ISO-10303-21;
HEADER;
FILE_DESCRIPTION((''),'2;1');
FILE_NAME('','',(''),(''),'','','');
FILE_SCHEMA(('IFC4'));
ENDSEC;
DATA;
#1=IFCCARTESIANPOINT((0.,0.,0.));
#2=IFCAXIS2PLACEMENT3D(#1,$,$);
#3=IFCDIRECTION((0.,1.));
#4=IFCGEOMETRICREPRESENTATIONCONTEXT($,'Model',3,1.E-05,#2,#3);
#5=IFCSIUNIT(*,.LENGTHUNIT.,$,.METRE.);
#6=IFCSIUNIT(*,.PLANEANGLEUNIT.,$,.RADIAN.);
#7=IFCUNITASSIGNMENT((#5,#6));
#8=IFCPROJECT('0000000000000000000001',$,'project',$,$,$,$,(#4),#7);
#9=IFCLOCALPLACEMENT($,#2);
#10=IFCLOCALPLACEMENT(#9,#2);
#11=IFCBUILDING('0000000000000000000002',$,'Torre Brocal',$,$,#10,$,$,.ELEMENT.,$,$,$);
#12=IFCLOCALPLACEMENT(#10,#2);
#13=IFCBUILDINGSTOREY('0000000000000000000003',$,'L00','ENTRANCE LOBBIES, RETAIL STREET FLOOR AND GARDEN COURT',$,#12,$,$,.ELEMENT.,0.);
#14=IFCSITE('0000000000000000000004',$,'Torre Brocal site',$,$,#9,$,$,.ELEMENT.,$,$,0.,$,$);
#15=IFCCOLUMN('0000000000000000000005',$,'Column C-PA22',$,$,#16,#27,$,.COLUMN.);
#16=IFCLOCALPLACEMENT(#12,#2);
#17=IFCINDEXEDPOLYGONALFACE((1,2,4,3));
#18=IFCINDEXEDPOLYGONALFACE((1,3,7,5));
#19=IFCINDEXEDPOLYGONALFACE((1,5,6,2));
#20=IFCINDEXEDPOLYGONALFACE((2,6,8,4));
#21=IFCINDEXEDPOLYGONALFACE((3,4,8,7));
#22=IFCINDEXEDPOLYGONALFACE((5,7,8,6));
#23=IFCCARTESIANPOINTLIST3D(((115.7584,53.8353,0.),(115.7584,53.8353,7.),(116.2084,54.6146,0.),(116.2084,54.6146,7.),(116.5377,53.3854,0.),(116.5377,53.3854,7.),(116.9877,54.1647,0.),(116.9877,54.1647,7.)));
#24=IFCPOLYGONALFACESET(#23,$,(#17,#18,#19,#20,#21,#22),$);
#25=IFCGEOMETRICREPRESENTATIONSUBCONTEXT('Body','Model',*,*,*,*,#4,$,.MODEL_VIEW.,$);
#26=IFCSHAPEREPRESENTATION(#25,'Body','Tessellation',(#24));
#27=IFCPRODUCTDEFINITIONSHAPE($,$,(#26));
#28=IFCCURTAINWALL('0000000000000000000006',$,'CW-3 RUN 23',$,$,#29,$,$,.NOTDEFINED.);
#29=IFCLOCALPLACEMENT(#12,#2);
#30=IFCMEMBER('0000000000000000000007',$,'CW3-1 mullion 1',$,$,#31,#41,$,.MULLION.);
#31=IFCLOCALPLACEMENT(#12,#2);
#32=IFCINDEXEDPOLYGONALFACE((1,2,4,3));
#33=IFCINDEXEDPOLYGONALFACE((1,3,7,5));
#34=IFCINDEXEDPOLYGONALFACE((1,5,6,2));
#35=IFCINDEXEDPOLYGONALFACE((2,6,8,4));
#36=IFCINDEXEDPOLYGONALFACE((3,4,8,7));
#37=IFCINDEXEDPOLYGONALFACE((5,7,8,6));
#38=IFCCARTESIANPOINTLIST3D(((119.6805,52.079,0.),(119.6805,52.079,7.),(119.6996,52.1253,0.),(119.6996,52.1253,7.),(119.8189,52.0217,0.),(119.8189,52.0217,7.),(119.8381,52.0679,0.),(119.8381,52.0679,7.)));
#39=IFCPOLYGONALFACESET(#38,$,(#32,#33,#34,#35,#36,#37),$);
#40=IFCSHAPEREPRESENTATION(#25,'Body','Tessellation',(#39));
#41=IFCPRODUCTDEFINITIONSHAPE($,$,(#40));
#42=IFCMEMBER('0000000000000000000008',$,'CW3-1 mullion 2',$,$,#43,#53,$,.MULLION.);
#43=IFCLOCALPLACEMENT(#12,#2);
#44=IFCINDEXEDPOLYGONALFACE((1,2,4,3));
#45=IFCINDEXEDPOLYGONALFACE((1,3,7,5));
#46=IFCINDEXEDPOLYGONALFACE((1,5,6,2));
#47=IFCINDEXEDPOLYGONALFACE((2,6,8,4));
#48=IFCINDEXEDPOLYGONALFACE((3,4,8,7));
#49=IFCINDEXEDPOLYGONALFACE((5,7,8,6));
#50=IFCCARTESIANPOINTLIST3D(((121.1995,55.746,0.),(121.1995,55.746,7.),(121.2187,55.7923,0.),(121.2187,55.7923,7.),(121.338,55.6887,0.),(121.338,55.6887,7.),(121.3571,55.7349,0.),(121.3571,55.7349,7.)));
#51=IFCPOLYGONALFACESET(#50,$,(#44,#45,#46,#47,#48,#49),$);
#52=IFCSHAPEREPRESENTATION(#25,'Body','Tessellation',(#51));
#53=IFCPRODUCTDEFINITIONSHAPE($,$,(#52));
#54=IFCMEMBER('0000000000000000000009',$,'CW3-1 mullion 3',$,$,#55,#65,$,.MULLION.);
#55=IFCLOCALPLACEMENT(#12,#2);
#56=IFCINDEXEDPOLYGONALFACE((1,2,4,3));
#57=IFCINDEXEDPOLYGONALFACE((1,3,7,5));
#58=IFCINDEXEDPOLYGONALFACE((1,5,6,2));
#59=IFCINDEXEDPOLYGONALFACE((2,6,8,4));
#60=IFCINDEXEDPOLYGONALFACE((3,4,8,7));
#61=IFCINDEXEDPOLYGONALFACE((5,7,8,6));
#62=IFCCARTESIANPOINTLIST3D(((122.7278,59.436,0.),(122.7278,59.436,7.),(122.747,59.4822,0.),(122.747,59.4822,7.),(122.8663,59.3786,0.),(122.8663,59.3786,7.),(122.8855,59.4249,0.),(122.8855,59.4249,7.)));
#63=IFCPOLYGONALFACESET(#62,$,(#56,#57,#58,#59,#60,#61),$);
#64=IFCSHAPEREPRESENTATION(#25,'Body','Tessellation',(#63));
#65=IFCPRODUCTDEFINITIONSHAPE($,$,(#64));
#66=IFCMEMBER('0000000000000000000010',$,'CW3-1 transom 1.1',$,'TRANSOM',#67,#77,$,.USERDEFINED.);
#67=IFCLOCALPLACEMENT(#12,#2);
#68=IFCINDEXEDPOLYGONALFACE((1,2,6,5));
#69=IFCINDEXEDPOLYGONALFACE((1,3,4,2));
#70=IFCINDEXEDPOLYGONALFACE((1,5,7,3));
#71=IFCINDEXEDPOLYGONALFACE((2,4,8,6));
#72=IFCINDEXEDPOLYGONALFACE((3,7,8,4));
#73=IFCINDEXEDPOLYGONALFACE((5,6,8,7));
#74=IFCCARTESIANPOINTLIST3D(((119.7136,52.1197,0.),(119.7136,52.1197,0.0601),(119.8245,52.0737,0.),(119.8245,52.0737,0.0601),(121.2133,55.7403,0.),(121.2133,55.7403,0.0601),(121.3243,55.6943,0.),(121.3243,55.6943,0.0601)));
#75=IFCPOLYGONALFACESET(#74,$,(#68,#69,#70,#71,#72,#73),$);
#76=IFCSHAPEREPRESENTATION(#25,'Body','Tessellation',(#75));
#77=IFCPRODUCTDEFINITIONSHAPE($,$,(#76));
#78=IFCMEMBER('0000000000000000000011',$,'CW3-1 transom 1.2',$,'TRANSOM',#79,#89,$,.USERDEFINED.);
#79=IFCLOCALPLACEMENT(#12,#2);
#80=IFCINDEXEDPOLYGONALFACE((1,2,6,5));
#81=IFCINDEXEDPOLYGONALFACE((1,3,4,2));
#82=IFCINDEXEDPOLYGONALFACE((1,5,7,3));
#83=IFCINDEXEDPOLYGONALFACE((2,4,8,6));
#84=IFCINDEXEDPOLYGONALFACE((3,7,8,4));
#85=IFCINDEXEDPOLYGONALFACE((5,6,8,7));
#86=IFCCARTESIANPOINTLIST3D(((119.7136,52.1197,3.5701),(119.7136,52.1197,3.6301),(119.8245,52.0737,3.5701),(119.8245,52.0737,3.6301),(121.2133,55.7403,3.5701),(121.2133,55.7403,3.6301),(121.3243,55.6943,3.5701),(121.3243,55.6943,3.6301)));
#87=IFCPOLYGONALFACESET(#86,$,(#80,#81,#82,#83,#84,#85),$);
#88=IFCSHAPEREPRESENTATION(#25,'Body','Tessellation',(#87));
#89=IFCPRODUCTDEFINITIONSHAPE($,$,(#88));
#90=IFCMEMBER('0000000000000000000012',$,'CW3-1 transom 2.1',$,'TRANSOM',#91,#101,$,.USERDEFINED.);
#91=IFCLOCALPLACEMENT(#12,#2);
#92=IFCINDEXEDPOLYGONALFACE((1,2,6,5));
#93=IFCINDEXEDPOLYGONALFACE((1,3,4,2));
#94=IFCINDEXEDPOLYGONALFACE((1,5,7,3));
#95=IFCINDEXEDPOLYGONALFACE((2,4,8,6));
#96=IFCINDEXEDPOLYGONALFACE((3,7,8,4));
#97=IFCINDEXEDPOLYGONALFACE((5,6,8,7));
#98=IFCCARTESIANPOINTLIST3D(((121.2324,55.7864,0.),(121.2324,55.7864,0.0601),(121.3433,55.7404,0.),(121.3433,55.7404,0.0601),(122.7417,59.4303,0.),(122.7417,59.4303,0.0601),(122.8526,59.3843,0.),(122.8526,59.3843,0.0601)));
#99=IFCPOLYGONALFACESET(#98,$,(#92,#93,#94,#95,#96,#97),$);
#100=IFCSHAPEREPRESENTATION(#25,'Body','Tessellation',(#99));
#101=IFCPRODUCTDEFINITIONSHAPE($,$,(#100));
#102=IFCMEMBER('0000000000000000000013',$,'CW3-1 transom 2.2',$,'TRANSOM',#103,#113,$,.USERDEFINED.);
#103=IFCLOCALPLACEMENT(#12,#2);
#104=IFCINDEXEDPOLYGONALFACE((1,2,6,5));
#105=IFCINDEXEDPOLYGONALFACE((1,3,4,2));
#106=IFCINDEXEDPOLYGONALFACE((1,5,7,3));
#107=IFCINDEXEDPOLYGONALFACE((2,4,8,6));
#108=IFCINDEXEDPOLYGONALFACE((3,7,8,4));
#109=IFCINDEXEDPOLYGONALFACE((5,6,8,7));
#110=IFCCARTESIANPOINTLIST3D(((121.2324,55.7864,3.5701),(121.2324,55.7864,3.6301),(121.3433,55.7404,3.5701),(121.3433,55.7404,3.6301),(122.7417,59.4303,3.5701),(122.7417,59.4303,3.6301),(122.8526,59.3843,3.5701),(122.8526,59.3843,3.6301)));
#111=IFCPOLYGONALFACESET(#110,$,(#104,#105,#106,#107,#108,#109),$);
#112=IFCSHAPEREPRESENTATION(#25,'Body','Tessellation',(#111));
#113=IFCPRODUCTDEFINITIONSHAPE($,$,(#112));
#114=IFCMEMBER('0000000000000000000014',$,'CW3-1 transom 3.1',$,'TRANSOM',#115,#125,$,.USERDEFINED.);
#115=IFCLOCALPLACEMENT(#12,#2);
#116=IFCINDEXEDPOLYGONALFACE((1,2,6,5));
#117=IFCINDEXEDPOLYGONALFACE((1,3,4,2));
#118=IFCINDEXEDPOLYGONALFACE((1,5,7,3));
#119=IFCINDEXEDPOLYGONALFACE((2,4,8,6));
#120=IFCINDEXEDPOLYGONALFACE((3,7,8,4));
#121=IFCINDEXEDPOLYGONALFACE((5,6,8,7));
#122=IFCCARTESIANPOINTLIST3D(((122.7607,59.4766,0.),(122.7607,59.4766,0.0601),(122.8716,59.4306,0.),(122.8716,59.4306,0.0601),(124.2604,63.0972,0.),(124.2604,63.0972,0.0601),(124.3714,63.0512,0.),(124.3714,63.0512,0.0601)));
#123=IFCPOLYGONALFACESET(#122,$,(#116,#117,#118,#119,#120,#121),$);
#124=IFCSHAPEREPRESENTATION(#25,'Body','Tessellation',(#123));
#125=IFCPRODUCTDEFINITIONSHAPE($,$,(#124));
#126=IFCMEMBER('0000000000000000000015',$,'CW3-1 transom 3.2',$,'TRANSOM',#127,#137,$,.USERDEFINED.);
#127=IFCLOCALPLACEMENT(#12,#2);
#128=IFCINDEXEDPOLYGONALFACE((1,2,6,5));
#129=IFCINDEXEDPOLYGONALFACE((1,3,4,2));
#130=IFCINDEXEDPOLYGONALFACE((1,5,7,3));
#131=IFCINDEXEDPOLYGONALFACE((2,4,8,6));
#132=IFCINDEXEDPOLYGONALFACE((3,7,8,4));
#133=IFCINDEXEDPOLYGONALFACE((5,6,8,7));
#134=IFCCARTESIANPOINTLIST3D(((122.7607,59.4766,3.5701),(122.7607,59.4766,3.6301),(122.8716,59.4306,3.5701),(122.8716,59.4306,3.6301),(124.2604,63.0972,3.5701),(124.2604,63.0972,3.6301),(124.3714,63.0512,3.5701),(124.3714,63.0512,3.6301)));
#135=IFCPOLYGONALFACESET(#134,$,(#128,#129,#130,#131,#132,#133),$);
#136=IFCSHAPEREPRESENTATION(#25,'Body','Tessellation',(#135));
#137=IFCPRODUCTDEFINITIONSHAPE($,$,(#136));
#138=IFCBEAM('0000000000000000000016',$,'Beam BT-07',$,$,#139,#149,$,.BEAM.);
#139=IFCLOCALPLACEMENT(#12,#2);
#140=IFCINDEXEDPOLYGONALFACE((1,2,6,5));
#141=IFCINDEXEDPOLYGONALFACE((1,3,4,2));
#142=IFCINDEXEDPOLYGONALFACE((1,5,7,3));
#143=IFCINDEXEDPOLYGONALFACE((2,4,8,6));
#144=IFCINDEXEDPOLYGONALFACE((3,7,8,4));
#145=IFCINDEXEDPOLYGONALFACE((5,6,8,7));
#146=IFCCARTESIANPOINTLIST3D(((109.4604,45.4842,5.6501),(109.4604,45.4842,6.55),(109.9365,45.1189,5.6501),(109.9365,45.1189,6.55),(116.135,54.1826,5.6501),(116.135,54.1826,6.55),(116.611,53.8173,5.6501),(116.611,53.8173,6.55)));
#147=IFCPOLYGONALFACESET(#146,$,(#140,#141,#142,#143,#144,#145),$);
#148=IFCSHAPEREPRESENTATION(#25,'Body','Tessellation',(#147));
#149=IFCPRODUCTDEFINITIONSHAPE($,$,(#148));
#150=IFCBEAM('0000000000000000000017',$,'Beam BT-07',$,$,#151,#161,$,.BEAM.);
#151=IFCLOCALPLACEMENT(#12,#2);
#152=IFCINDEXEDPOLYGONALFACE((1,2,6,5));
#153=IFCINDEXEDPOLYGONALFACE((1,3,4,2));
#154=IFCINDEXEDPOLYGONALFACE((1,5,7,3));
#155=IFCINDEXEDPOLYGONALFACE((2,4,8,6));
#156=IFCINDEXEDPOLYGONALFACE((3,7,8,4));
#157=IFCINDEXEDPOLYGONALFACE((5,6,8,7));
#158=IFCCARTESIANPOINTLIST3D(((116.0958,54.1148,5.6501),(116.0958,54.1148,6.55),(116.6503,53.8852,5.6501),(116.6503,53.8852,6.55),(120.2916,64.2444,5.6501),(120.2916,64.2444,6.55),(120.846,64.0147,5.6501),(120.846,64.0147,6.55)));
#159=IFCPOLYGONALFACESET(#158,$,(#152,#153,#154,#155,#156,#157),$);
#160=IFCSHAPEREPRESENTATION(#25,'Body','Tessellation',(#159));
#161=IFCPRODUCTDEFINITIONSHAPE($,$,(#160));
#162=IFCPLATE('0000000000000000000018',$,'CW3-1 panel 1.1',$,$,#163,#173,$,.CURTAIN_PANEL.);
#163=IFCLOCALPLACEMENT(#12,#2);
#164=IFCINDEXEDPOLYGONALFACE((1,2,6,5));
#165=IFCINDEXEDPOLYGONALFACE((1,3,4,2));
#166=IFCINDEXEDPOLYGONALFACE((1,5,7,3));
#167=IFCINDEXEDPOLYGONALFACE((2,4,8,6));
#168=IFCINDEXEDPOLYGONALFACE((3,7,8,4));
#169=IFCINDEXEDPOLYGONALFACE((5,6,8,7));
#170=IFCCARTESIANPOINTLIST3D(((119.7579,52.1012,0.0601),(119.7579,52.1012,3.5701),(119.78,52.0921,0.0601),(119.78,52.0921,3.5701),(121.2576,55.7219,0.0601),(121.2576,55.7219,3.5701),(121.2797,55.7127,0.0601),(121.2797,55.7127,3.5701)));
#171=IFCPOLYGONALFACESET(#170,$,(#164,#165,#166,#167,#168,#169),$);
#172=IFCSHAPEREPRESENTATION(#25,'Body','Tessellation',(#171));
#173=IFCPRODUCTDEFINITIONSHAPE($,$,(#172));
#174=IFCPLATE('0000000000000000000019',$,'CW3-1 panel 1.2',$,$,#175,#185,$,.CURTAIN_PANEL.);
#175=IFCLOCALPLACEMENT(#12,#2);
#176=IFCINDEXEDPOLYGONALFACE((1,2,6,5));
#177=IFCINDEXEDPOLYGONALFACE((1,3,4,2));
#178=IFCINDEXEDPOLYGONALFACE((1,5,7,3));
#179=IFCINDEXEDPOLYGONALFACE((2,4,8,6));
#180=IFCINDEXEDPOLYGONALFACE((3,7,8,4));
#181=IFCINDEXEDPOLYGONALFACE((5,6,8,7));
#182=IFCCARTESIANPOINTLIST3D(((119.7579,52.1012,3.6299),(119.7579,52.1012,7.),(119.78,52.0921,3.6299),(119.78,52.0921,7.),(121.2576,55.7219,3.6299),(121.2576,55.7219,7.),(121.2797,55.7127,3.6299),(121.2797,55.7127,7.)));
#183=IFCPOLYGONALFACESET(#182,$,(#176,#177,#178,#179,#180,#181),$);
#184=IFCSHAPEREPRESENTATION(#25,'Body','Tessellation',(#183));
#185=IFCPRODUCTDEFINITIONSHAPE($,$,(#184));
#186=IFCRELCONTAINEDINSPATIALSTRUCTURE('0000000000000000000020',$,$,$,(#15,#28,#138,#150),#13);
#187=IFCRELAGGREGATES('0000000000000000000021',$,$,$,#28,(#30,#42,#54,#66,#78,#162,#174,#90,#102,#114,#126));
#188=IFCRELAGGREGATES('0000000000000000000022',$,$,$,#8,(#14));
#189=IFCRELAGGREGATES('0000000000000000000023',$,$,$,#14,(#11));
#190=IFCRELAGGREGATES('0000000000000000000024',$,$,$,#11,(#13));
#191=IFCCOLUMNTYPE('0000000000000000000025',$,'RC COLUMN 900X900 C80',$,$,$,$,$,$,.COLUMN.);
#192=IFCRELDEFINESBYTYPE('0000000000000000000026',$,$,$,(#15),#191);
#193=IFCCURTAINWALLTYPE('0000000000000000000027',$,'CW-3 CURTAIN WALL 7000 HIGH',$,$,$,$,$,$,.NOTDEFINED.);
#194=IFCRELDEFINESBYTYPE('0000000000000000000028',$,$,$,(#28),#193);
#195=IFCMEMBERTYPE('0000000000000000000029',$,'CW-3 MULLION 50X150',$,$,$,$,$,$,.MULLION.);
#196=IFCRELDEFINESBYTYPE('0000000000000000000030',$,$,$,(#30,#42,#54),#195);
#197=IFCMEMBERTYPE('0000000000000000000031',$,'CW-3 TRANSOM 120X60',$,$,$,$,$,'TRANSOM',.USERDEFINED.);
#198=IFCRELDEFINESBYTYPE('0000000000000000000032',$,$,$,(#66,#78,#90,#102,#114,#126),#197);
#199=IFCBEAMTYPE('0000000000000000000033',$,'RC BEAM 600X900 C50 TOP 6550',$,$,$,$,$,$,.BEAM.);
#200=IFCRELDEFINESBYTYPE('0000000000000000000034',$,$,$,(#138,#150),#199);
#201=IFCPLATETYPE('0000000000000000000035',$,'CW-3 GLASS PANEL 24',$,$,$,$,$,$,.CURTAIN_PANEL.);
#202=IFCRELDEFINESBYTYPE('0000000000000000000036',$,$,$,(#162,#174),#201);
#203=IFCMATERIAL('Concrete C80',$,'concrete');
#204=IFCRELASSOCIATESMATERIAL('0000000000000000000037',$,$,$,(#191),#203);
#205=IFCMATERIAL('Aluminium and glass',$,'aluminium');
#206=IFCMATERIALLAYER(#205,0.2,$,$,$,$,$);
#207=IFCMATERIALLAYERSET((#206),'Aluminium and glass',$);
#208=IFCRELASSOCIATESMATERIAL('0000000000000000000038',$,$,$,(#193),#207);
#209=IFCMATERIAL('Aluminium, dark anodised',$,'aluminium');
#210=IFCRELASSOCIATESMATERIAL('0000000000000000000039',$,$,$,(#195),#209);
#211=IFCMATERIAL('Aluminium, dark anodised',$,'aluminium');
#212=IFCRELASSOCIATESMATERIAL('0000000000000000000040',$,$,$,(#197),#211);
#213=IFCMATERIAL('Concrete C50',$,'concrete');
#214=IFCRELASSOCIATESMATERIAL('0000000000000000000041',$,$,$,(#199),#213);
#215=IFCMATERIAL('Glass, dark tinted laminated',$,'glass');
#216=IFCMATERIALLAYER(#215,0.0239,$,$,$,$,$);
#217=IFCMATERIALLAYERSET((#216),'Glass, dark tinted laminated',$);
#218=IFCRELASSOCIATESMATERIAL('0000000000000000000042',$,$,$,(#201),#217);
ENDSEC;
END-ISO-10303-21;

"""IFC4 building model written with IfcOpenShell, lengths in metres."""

from ifc_helpers import new_model, si_unit, direction, frame, origin, origin_2d, place, context, subcontext, project, spatial, rectangle, extrude, material, layer, layer_set, material_profile, profile_set, type_object, element, aggregate, save


model = new_model("IFC4")

# Units and contexts
model_context = context("Model", 3, precision=1e-05, world=origin(), true_north=direction((0.0, 1.0)))
body_context = subcontext(model_context, "Body", "Model", "MODEL_VIEW")
ifc_project = project(units=[si_unit("LENGTHUNIT", "METRE"), si_unit("PLANEANGLEUNIT", "RADIAN")], contexts=[model_context])

# Site, building, storey
site_placement = place(None, origin())
site = spatial("IfcSite", under=ifc_project, at=site_placement, Name="Torre Brocal site", CompositionType="ELEMENT", RefElevation=0.0)
building_placement = place(site_placement, origin())
building = spatial("IfcBuilding", under=site, at=building_placement, Name="Torre Brocal", CompositionType="ELEMENT")
storey_placement = place(building_placement, origin())
storey = spatial("IfcBuildingStorey", under=building, at=storey_placement, Name="L00", Description="ENTRANCE LOBBIES, RETAIL STREET FLOOR AND GARDEN COURT", CompositionType="ELEMENT", Elevation=0.0)

# Column
ifc_material_1 = material(Name="Concrete C80", Category="concrete")
ifc_material_profile_1 = material_profile(ifc_material_1, rectangle(XDim=0.8999, YDim=0.8999, at=origin_2d()), Name="RC 900X900")
ifc_profile_set_1 = profile_set([ifc_material_profile_1], Name="Concrete C80")
column_type = type_object("IfcColumnType", Name="RC COLUMN 900X900 C80", PredefinedType="COLUMN", material=ifc_profile_set_1)
column_placement = place(storey_placement, frame((116.373, 54.0, 0.0), z_axis=(0.0, 0.0, 1.0), x_axis=(0.866025, -0.5, 0.0)))
element("IfcColumn", 1, at=column_placement, inside=storey, type_object=column_type, Name="Column C-PA22", PredefinedType="COLUMN", context=body_context, shape_type="SweptSolid", body=[
    extrude(rectangle(XDim=0.8999, YDim=0.8999, at=origin_2d()), origin(), (0.0, 0.0, 1.0), 7.0),
])

# Curtain wall, members
ifc_material_2 = material(Name="Aluminium and glass", Category="aluminium")
ifc_layer_1 = layer(ifc_material_2, 0.2)
ifc_layer_set_1 = layer_set([ifc_layer_1], Name="Aluminium and glass")
curtain_wall_type = type_object("IfcCurtainWallType", Name="CW-3 CURTAIN WALL 7000 HIGH", PredefinedType="NOTDEFINED", material=ifc_layer_set_1)
curtain_wall_placement = place(storey_placement, origin())
curtain_wall = element("IfcCurtainWall", 2, at=curtain_wall_placement, inside=storey, type_object=curtain_wall_type, Name="CW-3 RUN 23", PredefinedType="NOTDEFINED")
ifc_material_3 = material(Name="Aluminium, dark anodised", Category="aluminium")
ifc_material_profile_2 = material_profile(ifc_material_3, rectangle(XDim=0.1499, YDim=0.05, at=origin_2d()), Name="CW-3 MULLION 50X150")
ifc_profile_set_2 = profile_set([ifc_material_profile_2], Name="Aluminium, dark anodised")
member_type_1 = type_object("IfcMemberType", Name="CW-3 MULLION 50X150", PredefinedType="MULLION", material=ifc_profile_set_2)
member_1_placement = place(storey_placement, frame((119.7593, 52.0735, 0.0), z_axis=(0.0, 0.0, 1.0), x_axis=(-0.92388, 0.382683, 0.0)))
member_1 = element("IfcMember", 3, at=member_1_placement, type_object=member_type_1, Name="CW3-1 mullion 1", PredefinedType="MULLION", context=body_context, shape_type="SweptSolid", body=[
    extrude(rectangle(XDim=0.1499, YDim=0.05, at=origin_2d()), origin(), (0.0, 0.0, 1.0), 7.0),
])
member_2_placement = place(storey_placement, frame((121.2783, 55.7405, 0.0), z_axis=(0.0, 0.0, 1.0), x_axis=(-0.92388, 0.382683, 0.0)))
member_2 = element("IfcMember", 4, at=member_2_placement, type_object=member_type_1, Name="CW3-1 mullion 2", PredefinedType="MULLION", context=body_context, shape_type="SweptSolid", body=[
    extrude(rectangle(XDim=0.1499, YDim=0.05, at=origin_2d()), origin(), (0.0, 0.0, 1.0), 7.0),
])
member_3_placement = place(storey_placement, frame((122.8066, 59.4304, 0.0), z_axis=(0.0, 0.0, 1.0), x_axis=(-0.92388, 0.382683, 0.0)))
member_3 = element("IfcMember", 5, at=member_3_placement, type_object=member_type_1, Name="CW3-1 mullion 3", PredefinedType="MULLION", context=body_context, shape_type="SweptSolid", body=[
    extrude(rectangle(XDim=0.1499, YDim=0.05, at=origin_2d()), origin(), (0.0, 0.0, 1.0), 7.0),
])
ifc_material_4 = material(Name="Aluminium, dark anodised", Category="aluminium")
ifc_material_profile_3 = material_profile(ifc_material_4, rectangle(XDim=0.1201, YDim=0.0601, at=origin_2d()), Name="CW-3 TRANSOM 120X60")
ifc_profile_set_3 = profile_set([ifc_material_profile_3], Name="Aluminium, dark anodised")
member_type_2 = type_object("IfcMemberType", Name="CW-3 TRANSOM 120X60", ElementType="TRANSOM", PredefinedType="USERDEFINED", material=ifc_profile_set_3)
member_4_placement = place(storey_placement, frame((119.769, 52.0967, 0.03), z_axis=(0.382695, 0.923875, 0.0), x_axis=(-0.923875, 0.382695, 0.0)))
member_4 = element("IfcMember", 6, at=member_4_placement, type_object=member_type_2, Name="CW3-1 transom 1.1", ObjectType="TRANSOM", PredefinedType="USERDEFINED", context=body_context, shape_type="SweptSolid", body=[
    extrude(rectangle(XDim=0.1201, YDim=0.0601, at=origin_2d()), origin(), (0.0, 0.0, 1.0), 3.9189),
])
member_5_placement = place(storey_placement, frame((119.769, 52.0967, 3.6001), z_axis=(0.382695, 0.923875, 0.0), x_axis=(-0.923875, 0.382695, 0.0)))
member_5 = element("IfcMember", 7, at=member_5_placement, type_object=member_type_2, Name="CW3-1 transom 1.2", ObjectType="TRANSOM", PredefinedType="USERDEFINED", context=body_context, shape_type="SweptSolid", body=[
    extrude(rectangle(XDim=0.1201, YDim=0.0601, at=origin_2d()), origin(), (0.0, 0.0, 1.0), 3.9189),
])
member_6_placement = place(storey_placement, frame((121.2878, 55.7634, 0.03), z_axis=(0.382676, 0.923883, 0.0), x_axis=(-0.923883, 0.382676, 0.0)))
member_6 = element("IfcMember", 8, at=member_6_placement, type_object=member_type_2, Name="CW3-1 transom 2.1", ObjectType="TRANSOM", PredefinedType="USERDEFINED", context=body_context, shape_type="SweptSolid", body=[
    extrude(rectangle(XDim=0.1201, YDim=0.0601, at=origin_2d()), origin(), (0.0, 0.0, 1.0), 3.9441),
])
member_7_placement = place(storey_placement, frame((121.2878, 55.7634, 3.6001), z_axis=(0.382676, 0.923883, 0.0), x_axis=(-0.923883, 0.382676, 0.0)))
member_7 = element("IfcMember", 9, at=member_7_placement, type_object=member_type_2, Name="CW3-1 transom 2.2", ObjectType="TRANSOM", PredefinedType="USERDEFINED", context=body_context, shape_type="SweptSolid", body=[
    extrude(rectangle(XDim=0.1201, YDim=0.0601, at=origin_2d()), origin(), (0.0, 0.0, 1.0), 3.9441),
])
member_8_placement = place(storey_placement, frame((122.8162, 59.4536, 0.03), z_axis=(0.382695, 0.923875, 0.0), x_axis=(-0.923875, 0.382695, 0.0)))
member_8 = element("IfcMember", 10, at=member_8_placement, type_object=member_type_2, Name="CW3-1 transom 3.1", ObjectType="TRANSOM", PredefinedType="USERDEFINED", context=body_context, shape_type="SweptSolid", body=[
    extrude(rectangle(XDim=0.1201, YDim=0.0601, at=origin_2d()), origin(), (0.0, 0.0, 1.0), 3.9189),
])
member_9_placement = place(storey_placement, frame((122.8162, 59.4536, 3.6001), z_axis=(0.382695, 0.923875, 0.0), x_axis=(-0.923875, 0.382695, 0.0)))
member_9 = element("IfcMember", 11, at=member_9_placement, type_object=member_type_2, Name="CW3-1 transom 3.2", ObjectType="TRANSOM", PredefinedType="USERDEFINED", context=body_context, shape_type="SweptSolid", body=[
    extrude(rectangle(XDim=0.1201, YDim=0.0601, at=origin_2d()), origin(), (0.0, 0.0, 1.0), 3.9189),
])

# Beams
ifc_material_5 = material(Name="Concrete C50", Category="concrete")
ifc_material_profile_4 = material_profile(ifc_material_5, rectangle(XDim=0.6001, YDim=0.8999, at=origin_2d()), Name="RC 600X900")
ifc_profile_set_4 = profile_set([ifc_material_profile_4], Name="Concrete C50")
beam_type = type_object("IfcBeamType", Name="RC BEAM 600X900 C50 TOP 6550", PredefinedType="BEAM", material=ifc_profile_set_4)
for number, where, z_axis, x_axis, name in (
    (12, (109.6985, 45.3015, 6.1001), (0.60876, 0.793354, 0.0), (-0.793354, 0.60876, 0.0), "Beam BT-07"),
    (13, (116.373, 54.0, 6.1001), (0.382681, 0.923881, 0.0), (-0.923881, 0.382681, 0.0), "Beam BT-07"),
):
    element("IfcBeam", number, at=place(storey_placement, frame(where, z_axis=z_axis, x_axis=x_axis)), inside=storey, type_object=beam_type, Name=name, PredefinedType="BEAM", context=body_context, shape_type="SweptSolid", body=[
        extrude(rectangle(XDim=0.6001, YDim=0.8999, at=origin_2d()), origin(), (0.0, 0.0, 1.0), 10.9641),
    ])

# Plates
ifc_material_6 = material(Name="Glass, dark tinted laminated", Category="glass")
ifc_layer_2 = layer(ifc_material_6, 0.0239)
ifc_layer_set_2 = layer_set([ifc_layer_2], Name="Glass, dark tinted laminated")
plate_type = type_object("IfcPlateType", Name="CW-3 GLASS PANEL 24", PredefinedType="CURTAIN_PANEL", material=ifc_layer_set_2)
plate_1_placement = place(storey_placement, frame((120.5188, 53.907, 0.0601), z_axis=(0.0, 0.0, 1.0), x_axis=(0.382683, 0.92388, 0.0)))
plate_1 = element("IfcPlate", 14, at=plate_1_placement, type_object=plate_type, Name="CW3-1 panel 1.1", PredefinedType="CURTAIN_PANEL", context=body_context, shape_type="SweptSolid", body=[
    extrude(rectangle(XDim=3.9189, YDim=0.0239, at=origin_2d()), origin(), (0.0, 0.0, 1.0), 3.51),
])
plate_2_placement = place(storey_placement, frame((120.5188, 53.907, 3.6299), z_axis=(0.0, 0.0, 1.0), x_axis=(0.382683, 0.92388, 0.0)))
plate_2 = element("IfcPlate", 15, at=plate_2_placement, type_object=plate_type, Name="CW3-1 panel 1.2", PredefinedType="CURTAIN_PANEL", context=body_context, shape_type="SweptSolid", body=[
    extrude(rectangle(XDim=3.9189, YDim=0.0239, at=origin_2d()), origin(), (0.0, 0.0, 1.0), 3.3701),
])
aggregate(curtain_wall, [member_1, member_2, member_3, member_4, member_5, plate_1, plate_2, member_6, member_7, member_8, member_9])

save(model, "model.ifc")
